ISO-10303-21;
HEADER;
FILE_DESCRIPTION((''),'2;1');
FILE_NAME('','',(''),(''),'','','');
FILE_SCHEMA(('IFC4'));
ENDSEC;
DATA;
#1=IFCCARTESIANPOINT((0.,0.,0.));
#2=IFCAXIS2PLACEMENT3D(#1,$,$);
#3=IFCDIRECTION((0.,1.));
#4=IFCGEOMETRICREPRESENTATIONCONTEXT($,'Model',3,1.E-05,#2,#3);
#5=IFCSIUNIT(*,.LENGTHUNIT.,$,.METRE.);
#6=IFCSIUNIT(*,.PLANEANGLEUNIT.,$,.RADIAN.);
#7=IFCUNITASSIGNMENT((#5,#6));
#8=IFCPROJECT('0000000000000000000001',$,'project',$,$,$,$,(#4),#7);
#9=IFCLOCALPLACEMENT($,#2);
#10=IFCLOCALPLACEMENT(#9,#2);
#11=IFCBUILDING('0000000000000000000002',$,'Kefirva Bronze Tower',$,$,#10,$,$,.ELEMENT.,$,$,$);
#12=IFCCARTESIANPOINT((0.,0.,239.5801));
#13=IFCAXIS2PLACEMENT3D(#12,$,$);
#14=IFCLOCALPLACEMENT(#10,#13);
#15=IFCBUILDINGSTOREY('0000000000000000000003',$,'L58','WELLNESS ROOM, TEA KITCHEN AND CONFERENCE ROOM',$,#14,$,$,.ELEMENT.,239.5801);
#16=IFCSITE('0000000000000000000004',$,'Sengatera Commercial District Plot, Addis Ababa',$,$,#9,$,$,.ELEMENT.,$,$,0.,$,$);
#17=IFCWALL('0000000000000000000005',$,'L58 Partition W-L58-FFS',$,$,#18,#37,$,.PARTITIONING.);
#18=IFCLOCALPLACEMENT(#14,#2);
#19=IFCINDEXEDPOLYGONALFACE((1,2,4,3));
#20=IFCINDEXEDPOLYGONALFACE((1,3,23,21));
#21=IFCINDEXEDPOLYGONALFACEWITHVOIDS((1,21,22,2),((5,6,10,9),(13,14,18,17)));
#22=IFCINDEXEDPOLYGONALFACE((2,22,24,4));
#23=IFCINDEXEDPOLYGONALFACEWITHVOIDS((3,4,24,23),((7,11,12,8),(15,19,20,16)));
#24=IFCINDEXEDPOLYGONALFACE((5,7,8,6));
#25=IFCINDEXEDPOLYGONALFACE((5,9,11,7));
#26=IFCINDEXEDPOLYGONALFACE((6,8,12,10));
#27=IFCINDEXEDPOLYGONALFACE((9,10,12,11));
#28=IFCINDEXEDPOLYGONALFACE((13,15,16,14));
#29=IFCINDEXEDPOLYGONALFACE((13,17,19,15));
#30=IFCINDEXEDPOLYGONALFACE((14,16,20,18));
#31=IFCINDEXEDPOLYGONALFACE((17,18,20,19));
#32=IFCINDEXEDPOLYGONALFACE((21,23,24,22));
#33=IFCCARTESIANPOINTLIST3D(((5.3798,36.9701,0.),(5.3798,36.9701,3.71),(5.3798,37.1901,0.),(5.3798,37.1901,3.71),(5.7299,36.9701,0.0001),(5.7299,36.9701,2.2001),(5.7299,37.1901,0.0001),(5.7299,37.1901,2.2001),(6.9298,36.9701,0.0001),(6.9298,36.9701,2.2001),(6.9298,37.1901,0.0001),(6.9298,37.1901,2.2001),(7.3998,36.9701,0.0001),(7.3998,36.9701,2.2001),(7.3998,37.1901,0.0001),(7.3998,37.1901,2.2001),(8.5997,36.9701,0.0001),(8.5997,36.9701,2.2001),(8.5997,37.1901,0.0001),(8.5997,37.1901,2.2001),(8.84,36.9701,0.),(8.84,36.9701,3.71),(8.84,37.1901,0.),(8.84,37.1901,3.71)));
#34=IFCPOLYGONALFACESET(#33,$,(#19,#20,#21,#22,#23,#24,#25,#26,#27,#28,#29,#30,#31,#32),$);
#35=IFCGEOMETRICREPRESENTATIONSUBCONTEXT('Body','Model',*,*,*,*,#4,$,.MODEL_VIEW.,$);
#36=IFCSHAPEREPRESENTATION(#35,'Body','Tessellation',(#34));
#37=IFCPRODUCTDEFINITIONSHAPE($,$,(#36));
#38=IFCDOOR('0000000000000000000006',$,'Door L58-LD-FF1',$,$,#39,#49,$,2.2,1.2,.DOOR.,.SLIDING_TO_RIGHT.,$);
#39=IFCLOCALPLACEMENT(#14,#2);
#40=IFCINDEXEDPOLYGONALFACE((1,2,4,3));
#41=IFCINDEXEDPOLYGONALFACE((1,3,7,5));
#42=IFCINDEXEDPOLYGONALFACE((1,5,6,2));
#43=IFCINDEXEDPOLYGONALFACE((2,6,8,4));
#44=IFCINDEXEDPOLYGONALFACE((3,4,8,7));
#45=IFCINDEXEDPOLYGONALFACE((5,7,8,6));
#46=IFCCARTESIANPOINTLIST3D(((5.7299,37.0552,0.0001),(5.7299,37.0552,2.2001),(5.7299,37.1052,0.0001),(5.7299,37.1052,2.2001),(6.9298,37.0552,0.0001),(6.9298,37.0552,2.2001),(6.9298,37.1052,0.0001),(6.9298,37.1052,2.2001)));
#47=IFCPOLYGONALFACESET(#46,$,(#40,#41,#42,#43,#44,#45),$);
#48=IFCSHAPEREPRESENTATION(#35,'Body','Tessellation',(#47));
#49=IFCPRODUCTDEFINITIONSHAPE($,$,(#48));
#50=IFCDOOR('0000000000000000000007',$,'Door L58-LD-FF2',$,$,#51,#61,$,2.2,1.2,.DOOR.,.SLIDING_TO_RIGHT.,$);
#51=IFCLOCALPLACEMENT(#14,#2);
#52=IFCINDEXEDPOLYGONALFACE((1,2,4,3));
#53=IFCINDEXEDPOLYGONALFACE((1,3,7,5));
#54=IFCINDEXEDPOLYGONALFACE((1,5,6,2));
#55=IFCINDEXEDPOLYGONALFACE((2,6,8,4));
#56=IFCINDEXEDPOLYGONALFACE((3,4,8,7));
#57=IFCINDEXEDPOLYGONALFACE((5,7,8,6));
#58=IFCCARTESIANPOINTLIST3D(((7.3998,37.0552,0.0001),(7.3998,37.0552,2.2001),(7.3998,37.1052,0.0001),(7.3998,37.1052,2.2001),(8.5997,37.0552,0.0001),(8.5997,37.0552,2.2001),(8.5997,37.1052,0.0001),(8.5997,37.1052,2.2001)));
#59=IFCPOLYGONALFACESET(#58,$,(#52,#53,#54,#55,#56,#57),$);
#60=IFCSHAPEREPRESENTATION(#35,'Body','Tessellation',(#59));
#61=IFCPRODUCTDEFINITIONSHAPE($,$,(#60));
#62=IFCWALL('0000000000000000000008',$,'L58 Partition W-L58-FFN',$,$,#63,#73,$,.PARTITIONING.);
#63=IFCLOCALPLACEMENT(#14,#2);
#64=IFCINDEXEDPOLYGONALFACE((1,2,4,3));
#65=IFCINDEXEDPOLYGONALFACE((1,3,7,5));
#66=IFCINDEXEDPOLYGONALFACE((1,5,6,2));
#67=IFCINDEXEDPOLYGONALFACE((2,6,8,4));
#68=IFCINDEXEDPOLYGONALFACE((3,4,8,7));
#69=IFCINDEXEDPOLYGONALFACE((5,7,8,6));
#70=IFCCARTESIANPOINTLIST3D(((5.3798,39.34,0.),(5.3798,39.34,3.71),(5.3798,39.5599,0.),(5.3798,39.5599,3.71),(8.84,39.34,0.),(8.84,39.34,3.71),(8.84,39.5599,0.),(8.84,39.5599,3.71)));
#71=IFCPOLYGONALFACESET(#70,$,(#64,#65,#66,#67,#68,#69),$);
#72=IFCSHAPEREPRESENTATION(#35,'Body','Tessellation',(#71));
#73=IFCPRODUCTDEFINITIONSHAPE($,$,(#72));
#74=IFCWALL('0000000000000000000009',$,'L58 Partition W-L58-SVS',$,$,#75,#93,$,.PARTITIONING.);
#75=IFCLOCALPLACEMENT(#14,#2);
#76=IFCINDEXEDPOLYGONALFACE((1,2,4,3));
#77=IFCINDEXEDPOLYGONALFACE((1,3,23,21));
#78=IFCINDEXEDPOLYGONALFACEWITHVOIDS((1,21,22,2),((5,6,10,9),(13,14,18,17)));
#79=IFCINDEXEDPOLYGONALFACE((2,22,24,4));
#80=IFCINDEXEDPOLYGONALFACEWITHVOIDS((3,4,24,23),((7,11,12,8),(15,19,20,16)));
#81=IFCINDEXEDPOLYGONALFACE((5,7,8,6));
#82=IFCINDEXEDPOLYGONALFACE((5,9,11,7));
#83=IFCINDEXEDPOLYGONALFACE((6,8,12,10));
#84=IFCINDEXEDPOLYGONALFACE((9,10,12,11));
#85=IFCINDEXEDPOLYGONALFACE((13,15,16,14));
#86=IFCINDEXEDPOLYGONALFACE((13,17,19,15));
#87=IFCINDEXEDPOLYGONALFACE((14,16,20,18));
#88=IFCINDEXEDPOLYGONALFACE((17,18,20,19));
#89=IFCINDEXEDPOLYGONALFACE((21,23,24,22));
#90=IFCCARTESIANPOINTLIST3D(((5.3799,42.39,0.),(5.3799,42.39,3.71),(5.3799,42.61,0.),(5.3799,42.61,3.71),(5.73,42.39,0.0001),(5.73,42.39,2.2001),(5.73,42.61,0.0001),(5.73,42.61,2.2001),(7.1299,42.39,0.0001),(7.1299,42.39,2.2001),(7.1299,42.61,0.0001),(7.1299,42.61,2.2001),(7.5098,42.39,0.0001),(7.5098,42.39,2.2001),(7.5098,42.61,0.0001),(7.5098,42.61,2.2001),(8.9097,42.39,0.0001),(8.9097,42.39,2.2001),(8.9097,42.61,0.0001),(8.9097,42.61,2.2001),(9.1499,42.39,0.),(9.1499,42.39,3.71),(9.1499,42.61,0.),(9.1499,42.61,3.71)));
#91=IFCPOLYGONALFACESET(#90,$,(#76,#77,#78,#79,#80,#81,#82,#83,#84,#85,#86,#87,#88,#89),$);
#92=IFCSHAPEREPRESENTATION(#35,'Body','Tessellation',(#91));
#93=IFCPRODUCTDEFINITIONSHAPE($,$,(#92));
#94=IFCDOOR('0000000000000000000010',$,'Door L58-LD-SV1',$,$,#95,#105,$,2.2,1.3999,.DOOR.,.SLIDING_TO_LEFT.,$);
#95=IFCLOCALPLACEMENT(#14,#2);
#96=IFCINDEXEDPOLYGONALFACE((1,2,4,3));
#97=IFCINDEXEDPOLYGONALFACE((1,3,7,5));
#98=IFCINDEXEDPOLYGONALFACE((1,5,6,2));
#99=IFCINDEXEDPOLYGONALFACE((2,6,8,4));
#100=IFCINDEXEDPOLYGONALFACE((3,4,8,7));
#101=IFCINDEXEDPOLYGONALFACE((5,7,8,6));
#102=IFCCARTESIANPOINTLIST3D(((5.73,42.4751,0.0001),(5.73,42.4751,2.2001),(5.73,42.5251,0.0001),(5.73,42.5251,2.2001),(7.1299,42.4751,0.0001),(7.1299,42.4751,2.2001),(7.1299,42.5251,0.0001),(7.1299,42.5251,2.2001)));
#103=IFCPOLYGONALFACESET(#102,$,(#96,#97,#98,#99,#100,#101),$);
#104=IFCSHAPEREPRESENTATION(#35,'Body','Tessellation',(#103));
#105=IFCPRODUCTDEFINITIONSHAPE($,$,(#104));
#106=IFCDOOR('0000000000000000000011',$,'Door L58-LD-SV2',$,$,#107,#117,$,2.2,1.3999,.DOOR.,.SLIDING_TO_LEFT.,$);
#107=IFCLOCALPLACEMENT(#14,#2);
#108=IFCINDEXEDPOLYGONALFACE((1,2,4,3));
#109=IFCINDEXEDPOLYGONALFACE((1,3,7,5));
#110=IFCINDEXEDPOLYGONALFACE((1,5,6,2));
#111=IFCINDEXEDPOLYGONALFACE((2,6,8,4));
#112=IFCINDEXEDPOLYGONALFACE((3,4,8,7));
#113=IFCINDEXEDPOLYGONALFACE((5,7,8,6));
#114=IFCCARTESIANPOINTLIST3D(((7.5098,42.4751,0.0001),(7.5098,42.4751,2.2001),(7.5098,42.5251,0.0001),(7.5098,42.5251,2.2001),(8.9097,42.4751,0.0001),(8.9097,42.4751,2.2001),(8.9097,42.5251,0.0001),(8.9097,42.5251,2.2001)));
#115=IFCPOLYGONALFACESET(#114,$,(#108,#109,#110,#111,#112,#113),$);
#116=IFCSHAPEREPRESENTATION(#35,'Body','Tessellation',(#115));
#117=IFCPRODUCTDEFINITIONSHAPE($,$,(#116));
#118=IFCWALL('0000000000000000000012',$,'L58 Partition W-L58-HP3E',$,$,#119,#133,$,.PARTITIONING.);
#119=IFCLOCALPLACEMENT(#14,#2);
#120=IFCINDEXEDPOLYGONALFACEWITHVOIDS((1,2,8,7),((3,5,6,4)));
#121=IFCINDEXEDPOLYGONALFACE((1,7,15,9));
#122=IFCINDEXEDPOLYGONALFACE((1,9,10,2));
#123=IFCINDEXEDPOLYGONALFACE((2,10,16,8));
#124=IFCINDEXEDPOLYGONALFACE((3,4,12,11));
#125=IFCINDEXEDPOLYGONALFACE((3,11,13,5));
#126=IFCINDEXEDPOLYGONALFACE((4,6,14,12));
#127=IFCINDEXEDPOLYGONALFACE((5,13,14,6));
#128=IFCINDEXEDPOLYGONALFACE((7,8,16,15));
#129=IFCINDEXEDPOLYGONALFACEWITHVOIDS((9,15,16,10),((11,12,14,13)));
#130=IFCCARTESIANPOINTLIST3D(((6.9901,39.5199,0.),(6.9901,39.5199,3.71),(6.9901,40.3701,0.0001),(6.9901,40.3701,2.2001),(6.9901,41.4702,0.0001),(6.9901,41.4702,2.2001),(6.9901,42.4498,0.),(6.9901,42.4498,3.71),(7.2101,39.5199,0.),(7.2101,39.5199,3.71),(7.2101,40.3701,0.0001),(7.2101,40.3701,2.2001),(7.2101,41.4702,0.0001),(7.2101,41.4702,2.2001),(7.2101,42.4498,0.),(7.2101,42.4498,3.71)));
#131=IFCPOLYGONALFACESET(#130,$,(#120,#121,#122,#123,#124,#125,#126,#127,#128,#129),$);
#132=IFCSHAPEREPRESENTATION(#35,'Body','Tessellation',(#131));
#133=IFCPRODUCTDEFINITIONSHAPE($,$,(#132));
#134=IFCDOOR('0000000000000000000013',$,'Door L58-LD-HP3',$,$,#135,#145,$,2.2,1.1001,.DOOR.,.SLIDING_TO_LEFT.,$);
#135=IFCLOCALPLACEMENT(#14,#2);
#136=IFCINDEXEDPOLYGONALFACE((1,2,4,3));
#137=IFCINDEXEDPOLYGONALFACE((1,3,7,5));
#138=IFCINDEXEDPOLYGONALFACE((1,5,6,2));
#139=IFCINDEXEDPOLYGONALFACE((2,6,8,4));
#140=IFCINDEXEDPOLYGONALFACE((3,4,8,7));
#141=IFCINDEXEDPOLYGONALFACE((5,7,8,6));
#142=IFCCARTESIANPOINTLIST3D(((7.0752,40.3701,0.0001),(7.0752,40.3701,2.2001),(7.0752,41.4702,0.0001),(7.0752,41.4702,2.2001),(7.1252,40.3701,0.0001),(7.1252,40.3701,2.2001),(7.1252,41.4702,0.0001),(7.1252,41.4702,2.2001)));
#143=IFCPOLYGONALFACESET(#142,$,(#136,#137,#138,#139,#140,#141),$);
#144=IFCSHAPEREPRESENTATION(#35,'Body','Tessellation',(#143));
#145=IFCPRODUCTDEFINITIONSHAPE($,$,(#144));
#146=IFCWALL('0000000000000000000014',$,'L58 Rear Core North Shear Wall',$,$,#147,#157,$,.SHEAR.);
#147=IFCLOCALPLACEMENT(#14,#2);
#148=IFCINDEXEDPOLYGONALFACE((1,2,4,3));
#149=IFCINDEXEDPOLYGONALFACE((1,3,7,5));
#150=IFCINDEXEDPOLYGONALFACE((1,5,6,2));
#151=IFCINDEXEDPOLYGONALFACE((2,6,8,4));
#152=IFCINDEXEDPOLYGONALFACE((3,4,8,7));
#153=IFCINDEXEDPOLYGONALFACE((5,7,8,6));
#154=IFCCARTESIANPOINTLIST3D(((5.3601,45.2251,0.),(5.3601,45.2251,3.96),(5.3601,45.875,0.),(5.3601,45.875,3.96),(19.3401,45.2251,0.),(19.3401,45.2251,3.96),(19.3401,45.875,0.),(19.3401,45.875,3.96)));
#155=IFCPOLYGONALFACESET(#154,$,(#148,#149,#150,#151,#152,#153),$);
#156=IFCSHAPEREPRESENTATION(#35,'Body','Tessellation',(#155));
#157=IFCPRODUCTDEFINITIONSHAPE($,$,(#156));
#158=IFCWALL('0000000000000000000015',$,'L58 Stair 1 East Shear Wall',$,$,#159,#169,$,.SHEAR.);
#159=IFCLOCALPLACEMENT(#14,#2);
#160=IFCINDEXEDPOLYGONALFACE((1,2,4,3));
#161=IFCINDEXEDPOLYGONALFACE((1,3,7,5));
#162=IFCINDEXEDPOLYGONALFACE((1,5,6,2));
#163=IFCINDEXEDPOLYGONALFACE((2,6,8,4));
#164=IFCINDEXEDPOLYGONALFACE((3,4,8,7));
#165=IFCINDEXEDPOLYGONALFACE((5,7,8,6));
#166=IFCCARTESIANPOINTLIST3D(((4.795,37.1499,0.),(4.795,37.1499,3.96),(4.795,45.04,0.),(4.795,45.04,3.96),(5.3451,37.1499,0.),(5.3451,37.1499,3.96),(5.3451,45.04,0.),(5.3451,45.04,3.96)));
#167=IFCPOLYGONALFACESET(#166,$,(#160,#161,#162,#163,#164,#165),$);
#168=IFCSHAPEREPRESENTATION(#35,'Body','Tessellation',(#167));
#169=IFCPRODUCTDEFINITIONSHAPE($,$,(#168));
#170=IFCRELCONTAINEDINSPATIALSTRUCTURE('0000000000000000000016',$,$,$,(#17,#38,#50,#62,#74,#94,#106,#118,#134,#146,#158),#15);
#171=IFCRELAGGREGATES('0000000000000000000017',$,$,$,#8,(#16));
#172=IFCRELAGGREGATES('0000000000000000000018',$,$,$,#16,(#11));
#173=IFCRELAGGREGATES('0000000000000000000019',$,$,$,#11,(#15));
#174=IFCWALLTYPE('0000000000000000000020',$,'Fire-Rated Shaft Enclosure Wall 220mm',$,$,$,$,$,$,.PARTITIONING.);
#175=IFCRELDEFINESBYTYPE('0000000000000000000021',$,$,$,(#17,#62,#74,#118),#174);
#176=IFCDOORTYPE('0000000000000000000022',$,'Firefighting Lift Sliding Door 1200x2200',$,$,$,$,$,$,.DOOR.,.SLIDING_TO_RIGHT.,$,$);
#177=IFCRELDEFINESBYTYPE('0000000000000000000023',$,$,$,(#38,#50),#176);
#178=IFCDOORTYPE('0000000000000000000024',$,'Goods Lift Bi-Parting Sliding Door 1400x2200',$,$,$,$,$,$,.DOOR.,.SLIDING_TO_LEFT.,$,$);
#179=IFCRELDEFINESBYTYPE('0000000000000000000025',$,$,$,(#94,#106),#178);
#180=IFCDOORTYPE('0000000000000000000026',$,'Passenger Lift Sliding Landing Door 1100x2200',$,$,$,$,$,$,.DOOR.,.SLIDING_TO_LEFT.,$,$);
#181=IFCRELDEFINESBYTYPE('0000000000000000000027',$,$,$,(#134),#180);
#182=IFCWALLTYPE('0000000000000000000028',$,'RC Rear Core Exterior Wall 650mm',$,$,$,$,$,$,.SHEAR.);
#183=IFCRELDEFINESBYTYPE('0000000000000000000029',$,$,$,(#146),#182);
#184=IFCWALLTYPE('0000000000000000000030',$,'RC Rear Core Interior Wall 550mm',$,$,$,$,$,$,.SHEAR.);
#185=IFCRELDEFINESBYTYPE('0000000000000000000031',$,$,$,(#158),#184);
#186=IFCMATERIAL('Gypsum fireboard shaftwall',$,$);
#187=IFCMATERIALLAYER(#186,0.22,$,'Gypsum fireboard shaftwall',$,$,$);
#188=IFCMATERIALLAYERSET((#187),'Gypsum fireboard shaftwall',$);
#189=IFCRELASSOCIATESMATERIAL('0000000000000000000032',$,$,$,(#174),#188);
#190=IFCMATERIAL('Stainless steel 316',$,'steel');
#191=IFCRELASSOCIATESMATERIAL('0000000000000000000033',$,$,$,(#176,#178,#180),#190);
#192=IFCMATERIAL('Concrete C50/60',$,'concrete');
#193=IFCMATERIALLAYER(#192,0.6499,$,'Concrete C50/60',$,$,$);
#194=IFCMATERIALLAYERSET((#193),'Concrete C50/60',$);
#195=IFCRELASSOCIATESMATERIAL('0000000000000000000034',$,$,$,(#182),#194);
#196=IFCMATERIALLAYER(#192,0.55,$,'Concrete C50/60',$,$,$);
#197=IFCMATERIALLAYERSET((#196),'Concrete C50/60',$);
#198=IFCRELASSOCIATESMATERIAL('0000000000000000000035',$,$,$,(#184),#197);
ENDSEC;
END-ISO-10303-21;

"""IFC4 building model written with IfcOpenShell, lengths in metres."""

from ifc_helpers import new_model, si_unit, direction, frame, frame_2d, origin, place, context, subcontext, project, spatial, rectangle, extrude, material, layer, layer_set, type_object, element, fill, save


model = new_model("IFC4")

# Units and contexts
model_context = context("Model", 3, precision=1e-05, world=origin(), true_north=direction((0.0, 1.0)))
body_context = subcontext(model_context, "Body", "Model", "MODEL_VIEW")
ifc_project = project(units=[si_unit("LENGTHUNIT", "METRE"), si_unit("PLANEANGLEUNIT", "RADIAN")], contexts=[model_context])

# Site, building, storey
site_placement = place(None, origin())
site = spatial("IfcSite", under=ifc_project, at=site_placement, Name="Sengatera Commercial District Plot, Addis Ababa", CompositionType="ELEMENT", RefElevation=0.0)
building_placement = place(site_placement, origin())
building = spatial("IfcBuilding", under=site, at=building_placement, Name="Kefirva Bronze Tower", CompositionType="ELEMENT")
storey_placement = place(building_placement, frame((0.0, 0.0, 239.5801)))
storey = spatial("IfcBuildingStorey", under=building, at=storey_placement, Name="L58", Description="WELLNESS ROOM, TEA KITCHEN AND CONFERENCE ROOM", CompositionType="ELEMENT", Elevation=239.5801)

# Wall, openings, doors
ifc_material_1 = material(Name="Gypsum fireboard shaftwall")
ifc_layer_1 = layer(ifc_material_1, 0.22, Name="Gypsum fireboard shaftwall")
ifc_layer_set_1 = layer_set([ifc_layer_1], Name="Gypsum fireboard shaftwall")
wall_type_1 = type_object("IfcWallType", Name="Fire-Rated Shaft Enclosure Wall 220mm", PredefinedType="PARTITIONING", material=ifc_layer_set_1)
wall_1_placement = place(storey_placement, frame((5.3799, 37.0801, 0.0), z_axis=(0.0, 0.0, 1.0), x_axis=(1.0, 0.0, 0.0)))
wall_1 = element("IfcWall", 1, at=wall_1_placement, inside=storey, type_object=wall_type_1, Name="L58 Partition W-L58-FFS", PredefinedType="PARTITIONING", context=body_context, shape_type="SweptSolid", body=[
    extrude(rectangle(XDim=3.4602, YDim=0.22, at=frame_2d((1.73, 0.0))), origin(), (0.0, 0.0, 1.0), 3.71),
])
opening_1_placement = place(wall_1_placement, frame((1.55, 0.0, 0.0), z_axis=(0.0, 0.0, 1.0), x_axis=(-1.0, 0.0, 0.0)))
opening_1 = element("IfcOpeningElement", 2, at=opening_1_placement, cuts=wall_1, PredefinedType="OPENING", context=body_context, shape_type="SweptSolid", body=[
    extrude(rectangle(XDim=1.2, YDim=2.2, at=frame_2d((0.6001, 1.1001))), frame((0.0, 0.1201, 0.0), z_axis=(0.0, -1.0, 0.0), x_axis=(1.0, 0.0, 0.0)), (0.0, 0.0, 1.0), 0.24),
])
opening_2_placement = place(wall_1_placement, frame((3.22, 0.0, 0.0), z_axis=(0.0, 0.0, 1.0), x_axis=(-1.0, 0.0, 0.0)))
opening_2 = element("IfcOpeningElement", 3, at=opening_2_placement, cuts=wall_1, PredefinedType="OPENING", context=body_context, shape_type="SweptSolid", body=[
    extrude(rectangle(XDim=1.2, YDim=2.2, at=frame_2d((0.6001, 1.1001))), frame((0.0, 0.1201, 0.0), z_axis=(0.0, -1.0, 0.0), x_axis=(1.0, 0.0, 0.0)), (0.0, 0.0, 1.0), 0.24),
])
ifc_material_2 = material(Name="Stainless steel 316", Category="steel")
door_type_1 = type_object("IfcDoorType", Name="Firefighting Lift Sliding Door 1200x2200", OperationType="SLIDING_TO_RIGHT", PredefinedType="DOOR", material=ifc_material_2)
door_1_placement = place(opening_1_placement, origin())
door_1 = element("IfcDoor", 4, at=door_1_placement, inside=storey, type_object=door_type_1, Name="Door L58-LD-FF1", OperationType="SLIDING_TO_RIGHT", OverallHeight=2.2, OverallWidth=1.2, PredefinedType="DOOR", context=body_context, shape_type="SweptSolid", body=[
    extrude(rectangle(XDim=1.2, YDim=2.2, at=frame_2d((0.6001, 1.1001))), frame((0.0, 0.0249, 0.0), z_axis=(0.0, -1.0, 0.0), x_axis=(1.0, 0.0, 0.0)), (0.0, 0.0, 1.0), 0.05),
])
fill(opening_1, door_1)
door_2_placement = place(opening_2_placement, origin())
door_2 = element("IfcDoor", 5, at=door_2_placement, inside=storey, type_object=door_type_1, Name="Door L58-LD-FF2", OperationType="SLIDING_TO_RIGHT", OverallHeight=2.2, OverallWidth=1.2, PredefinedType="DOOR", context=body_context, shape_type="SweptSolid", body=[
    extrude(rectangle(XDim=1.2, YDim=2.2, at=frame_2d((0.6001, 1.1001))), frame((0.0, 0.0249, 0.0), z_axis=(0.0, -1.0, 0.0), x_axis=(1.0, 0.0, 0.0)), (0.0, 0.0, 1.0), 0.05),
])
fill(opening_2, door_2)

# Wall
wall_2_placement = place(storey_placement, frame((5.3799, 39.45, 0.0), z_axis=(0.0, 0.0, 1.0), x_axis=(1.0, 0.0, 0.0)))
element("IfcWall", 6, at=wall_2_placement, inside=storey, type_object=wall_type_1, Name="L58 Partition W-L58-FFN", PredefinedType="PARTITIONING", context=body_context, shape_type="SweptSolid", body=[
    extrude(rectangle(XDim=3.4602, YDim=0.22, at=frame_2d((1.73, 0.0))), origin(), (0.0, 0.0, 1.0), 3.71),
])

# Wall, openings, doors
wall_3_placement = place(storey_placement, frame((5.3799, 42.5, 0.0), z_axis=(0.0, 0.0, 1.0), x_axis=(1.0, 0.0, 0.0)))
wall_3 = element("IfcWall", 7, at=wall_3_placement, inside=storey, type_object=wall_type_1, Name="L58 Partition W-L58-SVS", PredefinedType="PARTITIONING", context=body_context, shape_type="SweptSolid", body=[
    extrude(rectangle(XDim=3.77, YDim=0.22, at=frame_2d((1.885, 0.0))), origin(), (0.0, 0.0, 1.0), 3.71),
])
opening_3_placement = place(wall_3_placement, frame((1.75, 0.0, 0.0), z_axis=(0.0, 0.0, 1.0), x_axis=(-1.0, 0.0, 0.0)))
opening_3 = element("IfcOpeningElement", 8, at=opening_3_placement, cuts=wall_3, PredefinedType="OPENING", context=body_context, shape_type="SweptSolid", body=[
    extrude(rectangle(XDim=1.3999, YDim=2.2, at=frame_2d((0.7, 1.1001))), frame((0.0, 0.1201, 0.0), z_axis=(0.0, -1.0, 0.0), x_axis=(1.0, 0.0, 0.0)), (0.0, 0.0, 1.0), 0.24),
])
opening_4_placement = place(wall_3_placement, frame((3.5298, 0.0, 0.0), z_axis=(0.0, 0.0, 1.0), x_axis=(-1.0, 0.0, 0.0)))
opening_4 = element("IfcOpeningElement", 9, at=opening_4_placement, cuts=wall_3, PredefinedType="OPENING", context=body_context, shape_type="SweptSolid", body=[
    extrude(rectangle(XDim=1.3999, YDim=2.2, at=frame_2d((0.7, 1.1001))), frame((0.0, 0.1201, 0.0), z_axis=(0.0, -1.0, 0.0), x_axis=(1.0, 0.0, 0.0)), (0.0, 0.0, 1.0), 0.24),
])
door_type_2 = type_object("IfcDoorType", Name="Goods Lift Bi-Parting Sliding Door 1400x2200", OperationType="SLIDING_TO_LEFT", PredefinedType="DOOR", material=ifc_material_2)
door_3_placement = place(opening_3_placement, origin())
door_3 = element("IfcDoor", 10, at=door_3_placement, inside=storey, type_object=door_type_2, Name="Door L58-LD-SV1", OperationType="SLIDING_TO_LEFT", OverallHeight=2.2, OverallWidth=1.3999, PredefinedType="DOOR", context=body_context, shape_type="SweptSolid", body=[
    extrude(rectangle(XDim=1.3999, YDim=2.2, at=frame_2d((0.7, 1.1001))), frame((0.0, 0.0249, 0.0), z_axis=(0.0, -1.0, 0.0), x_axis=(1.0, 0.0, 0.0)), (0.0, 0.0, 1.0), 0.05),
])
fill(opening_3, door_3)
door_4_placement = place(opening_4_placement, origin())
door_4 = element("IfcDoor", 11, at=door_4_placement, inside=storey, type_object=door_type_2, Name="Door L58-LD-SV2", OperationType="SLIDING_TO_LEFT", OverallHeight=2.2, OverallWidth=1.3999, PredefinedType="DOOR", context=body_context, shape_type="SweptSolid", body=[
    extrude(rectangle(XDim=1.3999, YDim=2.2, at=frame_2d((0.7, 1.1001))), frame((0.0, 0.0249, 0.0), z_axis=(0.0, -1.0, 0.0), x_axis=(1.0, 0.0, 0.0)), (0.0, 0.0, 1.0), 0.05),
])
fill(opening_4, door_4)

# Wall, opening, door
wall_4_placement = place(storey_placement, frame((7.1001, 39.52, 0.0), z_axis=(0.0, 0.0, 1.0), x_axis=(0.0, 1.0, 0.0)))
wall_4 = element("IfcWall", 12, at=wall_4_placement, inside=storey, type_object=wall_type_1, Name="L58 Partition W-L58-HP3E", PredefinedType="PARTITIONING", context=body_context, shape_type="SweptSolid", body=[
    extrude(rectangle(XDim=2.9299, YDim=0.22, at=frame_2d((1.4648, 0.0))), origin(), (0.0, 0.0, 1.0), 3.71),
])
opening_5_placement = place(wall_4_placement, frame((0.8501, 0.0, 0.0)))
opening_5 = element("IfcOpeningElement", 13, at=opening_5_placement, cuts=wall_4, PredefinedType="OPENING", context=body_context, shape_type="SweptSolid", body=[
    extrude(rectangle(XDim=1.1001, YDim=2.2, at=frame_2d((0.55, 1.1001))), frame((0.0, 0.1201, 0.0), z_axis=(0.0, -1.0, 0.0), x_axis=(1.0, 0.0, 0.0)), (0.0, 0.0, 1.0), 0.24),
])
door_type_3 = type_object("IfcDoorType", Name="Passenger Lift Sliding Landing Door 1100x2200", OperationType="SLIDING_TO_LEFT", PredefinedType="DOOR", material=ifc_material_2)
door_5_placement = place(opening_5_placement, origin())
door_5 = element("IfcDoor", 14, at=door_5_placement, inside=storey, type_object=door_type_3, Name="Door L58-LD-HP3", OperationType="SLIDING_TO_LEFT", OverallHeight=2.2, OverallWidth=1.1001, PredefinedType="DOOR", context=body_context, shape_type="SweptSolid", body=[
    extrude(rectangle(XDim=1.1001, YDim=2.2, at=frame_2d((0.55, 1.1001))), frame((0.0, 0.0249, 0.0), z_axis=(0.0, -1.0, 0.0), x_axis=(1.0, 0.0, 0.0)), (0.0, 0.0, 1.0), 0.05),
])
fill(opening_5, door_5)

# Walls
ifc_material_3 = material(Name="Concrete C50/60", Category="concrete")
ifc_layer_2 = layer(ifc_material_3, 0.6499, Name="Concrete C50/60")
ifc_layer_set_2 = layer_set([ifc_layer_2], Name="Concrete C50/60")
wall_type_2 = type_object("IfcWallType", Name="RC Rear Core Exterior Wall 650mm", PredefinedType="SHEAR", material=ifc_layer_set_2)
wall_5_placement = place(storey_placement, frame((5.3601, 45.55, 0.0), z_axis=(0.0, 0.0, 1.0), x_axis=(1.0, 0.0, 0.0)))
element("IfcWall", 15, at=wall_5_placement, inside=storey, type_object=wall_type_2, Name="L58 Rear Core North Shear Wall", PredefinedType="SHEAR", context=body_context, shape_type="SweptSolid", body=[
    extrude(rectangle(XDim=13.98, YDim=0.6499, at=frame_2d((6.99, 0.0))), origin(), (0.0, 0.0, 1.0), 3.96),
])
ifc_layer_3 = layer(ifc_material_3, 0.55, Name="Concrete C50/60")
ifc_layer_set_3 = layer_set([ifc_layer_3], Name="Concrete C50/60")
wall_type_3 = type_object("IfcWallType", Name="RC Rear Core Interior Wall 550mm", PredefinedType="SHEAR", material=ifc_layer_set_3)
wall_6_placement = place(storey_placement, frame((5.0701, 37.1499, 0.0), z_axis=(0.0, 0.0, 1.0), x_axis=(0.0, 1.0, 0.0)))
element("IfcWall", 16, at=wall_6_placement, inside=storey, type_object=wall_type_3, Name="L58 Stair 1 East Shear Wall", PredefinedType="SHEAR", context=body_context, shape_type="SweptSolid", body=[
    extrude(rectangle(XDim=7.8901, YDim=0.55, at=frame_2d((3.9451, 0.0))), origin(), (0.0, 0.0, 1.0), 3.96),
])

save(model, "model.ifc")
